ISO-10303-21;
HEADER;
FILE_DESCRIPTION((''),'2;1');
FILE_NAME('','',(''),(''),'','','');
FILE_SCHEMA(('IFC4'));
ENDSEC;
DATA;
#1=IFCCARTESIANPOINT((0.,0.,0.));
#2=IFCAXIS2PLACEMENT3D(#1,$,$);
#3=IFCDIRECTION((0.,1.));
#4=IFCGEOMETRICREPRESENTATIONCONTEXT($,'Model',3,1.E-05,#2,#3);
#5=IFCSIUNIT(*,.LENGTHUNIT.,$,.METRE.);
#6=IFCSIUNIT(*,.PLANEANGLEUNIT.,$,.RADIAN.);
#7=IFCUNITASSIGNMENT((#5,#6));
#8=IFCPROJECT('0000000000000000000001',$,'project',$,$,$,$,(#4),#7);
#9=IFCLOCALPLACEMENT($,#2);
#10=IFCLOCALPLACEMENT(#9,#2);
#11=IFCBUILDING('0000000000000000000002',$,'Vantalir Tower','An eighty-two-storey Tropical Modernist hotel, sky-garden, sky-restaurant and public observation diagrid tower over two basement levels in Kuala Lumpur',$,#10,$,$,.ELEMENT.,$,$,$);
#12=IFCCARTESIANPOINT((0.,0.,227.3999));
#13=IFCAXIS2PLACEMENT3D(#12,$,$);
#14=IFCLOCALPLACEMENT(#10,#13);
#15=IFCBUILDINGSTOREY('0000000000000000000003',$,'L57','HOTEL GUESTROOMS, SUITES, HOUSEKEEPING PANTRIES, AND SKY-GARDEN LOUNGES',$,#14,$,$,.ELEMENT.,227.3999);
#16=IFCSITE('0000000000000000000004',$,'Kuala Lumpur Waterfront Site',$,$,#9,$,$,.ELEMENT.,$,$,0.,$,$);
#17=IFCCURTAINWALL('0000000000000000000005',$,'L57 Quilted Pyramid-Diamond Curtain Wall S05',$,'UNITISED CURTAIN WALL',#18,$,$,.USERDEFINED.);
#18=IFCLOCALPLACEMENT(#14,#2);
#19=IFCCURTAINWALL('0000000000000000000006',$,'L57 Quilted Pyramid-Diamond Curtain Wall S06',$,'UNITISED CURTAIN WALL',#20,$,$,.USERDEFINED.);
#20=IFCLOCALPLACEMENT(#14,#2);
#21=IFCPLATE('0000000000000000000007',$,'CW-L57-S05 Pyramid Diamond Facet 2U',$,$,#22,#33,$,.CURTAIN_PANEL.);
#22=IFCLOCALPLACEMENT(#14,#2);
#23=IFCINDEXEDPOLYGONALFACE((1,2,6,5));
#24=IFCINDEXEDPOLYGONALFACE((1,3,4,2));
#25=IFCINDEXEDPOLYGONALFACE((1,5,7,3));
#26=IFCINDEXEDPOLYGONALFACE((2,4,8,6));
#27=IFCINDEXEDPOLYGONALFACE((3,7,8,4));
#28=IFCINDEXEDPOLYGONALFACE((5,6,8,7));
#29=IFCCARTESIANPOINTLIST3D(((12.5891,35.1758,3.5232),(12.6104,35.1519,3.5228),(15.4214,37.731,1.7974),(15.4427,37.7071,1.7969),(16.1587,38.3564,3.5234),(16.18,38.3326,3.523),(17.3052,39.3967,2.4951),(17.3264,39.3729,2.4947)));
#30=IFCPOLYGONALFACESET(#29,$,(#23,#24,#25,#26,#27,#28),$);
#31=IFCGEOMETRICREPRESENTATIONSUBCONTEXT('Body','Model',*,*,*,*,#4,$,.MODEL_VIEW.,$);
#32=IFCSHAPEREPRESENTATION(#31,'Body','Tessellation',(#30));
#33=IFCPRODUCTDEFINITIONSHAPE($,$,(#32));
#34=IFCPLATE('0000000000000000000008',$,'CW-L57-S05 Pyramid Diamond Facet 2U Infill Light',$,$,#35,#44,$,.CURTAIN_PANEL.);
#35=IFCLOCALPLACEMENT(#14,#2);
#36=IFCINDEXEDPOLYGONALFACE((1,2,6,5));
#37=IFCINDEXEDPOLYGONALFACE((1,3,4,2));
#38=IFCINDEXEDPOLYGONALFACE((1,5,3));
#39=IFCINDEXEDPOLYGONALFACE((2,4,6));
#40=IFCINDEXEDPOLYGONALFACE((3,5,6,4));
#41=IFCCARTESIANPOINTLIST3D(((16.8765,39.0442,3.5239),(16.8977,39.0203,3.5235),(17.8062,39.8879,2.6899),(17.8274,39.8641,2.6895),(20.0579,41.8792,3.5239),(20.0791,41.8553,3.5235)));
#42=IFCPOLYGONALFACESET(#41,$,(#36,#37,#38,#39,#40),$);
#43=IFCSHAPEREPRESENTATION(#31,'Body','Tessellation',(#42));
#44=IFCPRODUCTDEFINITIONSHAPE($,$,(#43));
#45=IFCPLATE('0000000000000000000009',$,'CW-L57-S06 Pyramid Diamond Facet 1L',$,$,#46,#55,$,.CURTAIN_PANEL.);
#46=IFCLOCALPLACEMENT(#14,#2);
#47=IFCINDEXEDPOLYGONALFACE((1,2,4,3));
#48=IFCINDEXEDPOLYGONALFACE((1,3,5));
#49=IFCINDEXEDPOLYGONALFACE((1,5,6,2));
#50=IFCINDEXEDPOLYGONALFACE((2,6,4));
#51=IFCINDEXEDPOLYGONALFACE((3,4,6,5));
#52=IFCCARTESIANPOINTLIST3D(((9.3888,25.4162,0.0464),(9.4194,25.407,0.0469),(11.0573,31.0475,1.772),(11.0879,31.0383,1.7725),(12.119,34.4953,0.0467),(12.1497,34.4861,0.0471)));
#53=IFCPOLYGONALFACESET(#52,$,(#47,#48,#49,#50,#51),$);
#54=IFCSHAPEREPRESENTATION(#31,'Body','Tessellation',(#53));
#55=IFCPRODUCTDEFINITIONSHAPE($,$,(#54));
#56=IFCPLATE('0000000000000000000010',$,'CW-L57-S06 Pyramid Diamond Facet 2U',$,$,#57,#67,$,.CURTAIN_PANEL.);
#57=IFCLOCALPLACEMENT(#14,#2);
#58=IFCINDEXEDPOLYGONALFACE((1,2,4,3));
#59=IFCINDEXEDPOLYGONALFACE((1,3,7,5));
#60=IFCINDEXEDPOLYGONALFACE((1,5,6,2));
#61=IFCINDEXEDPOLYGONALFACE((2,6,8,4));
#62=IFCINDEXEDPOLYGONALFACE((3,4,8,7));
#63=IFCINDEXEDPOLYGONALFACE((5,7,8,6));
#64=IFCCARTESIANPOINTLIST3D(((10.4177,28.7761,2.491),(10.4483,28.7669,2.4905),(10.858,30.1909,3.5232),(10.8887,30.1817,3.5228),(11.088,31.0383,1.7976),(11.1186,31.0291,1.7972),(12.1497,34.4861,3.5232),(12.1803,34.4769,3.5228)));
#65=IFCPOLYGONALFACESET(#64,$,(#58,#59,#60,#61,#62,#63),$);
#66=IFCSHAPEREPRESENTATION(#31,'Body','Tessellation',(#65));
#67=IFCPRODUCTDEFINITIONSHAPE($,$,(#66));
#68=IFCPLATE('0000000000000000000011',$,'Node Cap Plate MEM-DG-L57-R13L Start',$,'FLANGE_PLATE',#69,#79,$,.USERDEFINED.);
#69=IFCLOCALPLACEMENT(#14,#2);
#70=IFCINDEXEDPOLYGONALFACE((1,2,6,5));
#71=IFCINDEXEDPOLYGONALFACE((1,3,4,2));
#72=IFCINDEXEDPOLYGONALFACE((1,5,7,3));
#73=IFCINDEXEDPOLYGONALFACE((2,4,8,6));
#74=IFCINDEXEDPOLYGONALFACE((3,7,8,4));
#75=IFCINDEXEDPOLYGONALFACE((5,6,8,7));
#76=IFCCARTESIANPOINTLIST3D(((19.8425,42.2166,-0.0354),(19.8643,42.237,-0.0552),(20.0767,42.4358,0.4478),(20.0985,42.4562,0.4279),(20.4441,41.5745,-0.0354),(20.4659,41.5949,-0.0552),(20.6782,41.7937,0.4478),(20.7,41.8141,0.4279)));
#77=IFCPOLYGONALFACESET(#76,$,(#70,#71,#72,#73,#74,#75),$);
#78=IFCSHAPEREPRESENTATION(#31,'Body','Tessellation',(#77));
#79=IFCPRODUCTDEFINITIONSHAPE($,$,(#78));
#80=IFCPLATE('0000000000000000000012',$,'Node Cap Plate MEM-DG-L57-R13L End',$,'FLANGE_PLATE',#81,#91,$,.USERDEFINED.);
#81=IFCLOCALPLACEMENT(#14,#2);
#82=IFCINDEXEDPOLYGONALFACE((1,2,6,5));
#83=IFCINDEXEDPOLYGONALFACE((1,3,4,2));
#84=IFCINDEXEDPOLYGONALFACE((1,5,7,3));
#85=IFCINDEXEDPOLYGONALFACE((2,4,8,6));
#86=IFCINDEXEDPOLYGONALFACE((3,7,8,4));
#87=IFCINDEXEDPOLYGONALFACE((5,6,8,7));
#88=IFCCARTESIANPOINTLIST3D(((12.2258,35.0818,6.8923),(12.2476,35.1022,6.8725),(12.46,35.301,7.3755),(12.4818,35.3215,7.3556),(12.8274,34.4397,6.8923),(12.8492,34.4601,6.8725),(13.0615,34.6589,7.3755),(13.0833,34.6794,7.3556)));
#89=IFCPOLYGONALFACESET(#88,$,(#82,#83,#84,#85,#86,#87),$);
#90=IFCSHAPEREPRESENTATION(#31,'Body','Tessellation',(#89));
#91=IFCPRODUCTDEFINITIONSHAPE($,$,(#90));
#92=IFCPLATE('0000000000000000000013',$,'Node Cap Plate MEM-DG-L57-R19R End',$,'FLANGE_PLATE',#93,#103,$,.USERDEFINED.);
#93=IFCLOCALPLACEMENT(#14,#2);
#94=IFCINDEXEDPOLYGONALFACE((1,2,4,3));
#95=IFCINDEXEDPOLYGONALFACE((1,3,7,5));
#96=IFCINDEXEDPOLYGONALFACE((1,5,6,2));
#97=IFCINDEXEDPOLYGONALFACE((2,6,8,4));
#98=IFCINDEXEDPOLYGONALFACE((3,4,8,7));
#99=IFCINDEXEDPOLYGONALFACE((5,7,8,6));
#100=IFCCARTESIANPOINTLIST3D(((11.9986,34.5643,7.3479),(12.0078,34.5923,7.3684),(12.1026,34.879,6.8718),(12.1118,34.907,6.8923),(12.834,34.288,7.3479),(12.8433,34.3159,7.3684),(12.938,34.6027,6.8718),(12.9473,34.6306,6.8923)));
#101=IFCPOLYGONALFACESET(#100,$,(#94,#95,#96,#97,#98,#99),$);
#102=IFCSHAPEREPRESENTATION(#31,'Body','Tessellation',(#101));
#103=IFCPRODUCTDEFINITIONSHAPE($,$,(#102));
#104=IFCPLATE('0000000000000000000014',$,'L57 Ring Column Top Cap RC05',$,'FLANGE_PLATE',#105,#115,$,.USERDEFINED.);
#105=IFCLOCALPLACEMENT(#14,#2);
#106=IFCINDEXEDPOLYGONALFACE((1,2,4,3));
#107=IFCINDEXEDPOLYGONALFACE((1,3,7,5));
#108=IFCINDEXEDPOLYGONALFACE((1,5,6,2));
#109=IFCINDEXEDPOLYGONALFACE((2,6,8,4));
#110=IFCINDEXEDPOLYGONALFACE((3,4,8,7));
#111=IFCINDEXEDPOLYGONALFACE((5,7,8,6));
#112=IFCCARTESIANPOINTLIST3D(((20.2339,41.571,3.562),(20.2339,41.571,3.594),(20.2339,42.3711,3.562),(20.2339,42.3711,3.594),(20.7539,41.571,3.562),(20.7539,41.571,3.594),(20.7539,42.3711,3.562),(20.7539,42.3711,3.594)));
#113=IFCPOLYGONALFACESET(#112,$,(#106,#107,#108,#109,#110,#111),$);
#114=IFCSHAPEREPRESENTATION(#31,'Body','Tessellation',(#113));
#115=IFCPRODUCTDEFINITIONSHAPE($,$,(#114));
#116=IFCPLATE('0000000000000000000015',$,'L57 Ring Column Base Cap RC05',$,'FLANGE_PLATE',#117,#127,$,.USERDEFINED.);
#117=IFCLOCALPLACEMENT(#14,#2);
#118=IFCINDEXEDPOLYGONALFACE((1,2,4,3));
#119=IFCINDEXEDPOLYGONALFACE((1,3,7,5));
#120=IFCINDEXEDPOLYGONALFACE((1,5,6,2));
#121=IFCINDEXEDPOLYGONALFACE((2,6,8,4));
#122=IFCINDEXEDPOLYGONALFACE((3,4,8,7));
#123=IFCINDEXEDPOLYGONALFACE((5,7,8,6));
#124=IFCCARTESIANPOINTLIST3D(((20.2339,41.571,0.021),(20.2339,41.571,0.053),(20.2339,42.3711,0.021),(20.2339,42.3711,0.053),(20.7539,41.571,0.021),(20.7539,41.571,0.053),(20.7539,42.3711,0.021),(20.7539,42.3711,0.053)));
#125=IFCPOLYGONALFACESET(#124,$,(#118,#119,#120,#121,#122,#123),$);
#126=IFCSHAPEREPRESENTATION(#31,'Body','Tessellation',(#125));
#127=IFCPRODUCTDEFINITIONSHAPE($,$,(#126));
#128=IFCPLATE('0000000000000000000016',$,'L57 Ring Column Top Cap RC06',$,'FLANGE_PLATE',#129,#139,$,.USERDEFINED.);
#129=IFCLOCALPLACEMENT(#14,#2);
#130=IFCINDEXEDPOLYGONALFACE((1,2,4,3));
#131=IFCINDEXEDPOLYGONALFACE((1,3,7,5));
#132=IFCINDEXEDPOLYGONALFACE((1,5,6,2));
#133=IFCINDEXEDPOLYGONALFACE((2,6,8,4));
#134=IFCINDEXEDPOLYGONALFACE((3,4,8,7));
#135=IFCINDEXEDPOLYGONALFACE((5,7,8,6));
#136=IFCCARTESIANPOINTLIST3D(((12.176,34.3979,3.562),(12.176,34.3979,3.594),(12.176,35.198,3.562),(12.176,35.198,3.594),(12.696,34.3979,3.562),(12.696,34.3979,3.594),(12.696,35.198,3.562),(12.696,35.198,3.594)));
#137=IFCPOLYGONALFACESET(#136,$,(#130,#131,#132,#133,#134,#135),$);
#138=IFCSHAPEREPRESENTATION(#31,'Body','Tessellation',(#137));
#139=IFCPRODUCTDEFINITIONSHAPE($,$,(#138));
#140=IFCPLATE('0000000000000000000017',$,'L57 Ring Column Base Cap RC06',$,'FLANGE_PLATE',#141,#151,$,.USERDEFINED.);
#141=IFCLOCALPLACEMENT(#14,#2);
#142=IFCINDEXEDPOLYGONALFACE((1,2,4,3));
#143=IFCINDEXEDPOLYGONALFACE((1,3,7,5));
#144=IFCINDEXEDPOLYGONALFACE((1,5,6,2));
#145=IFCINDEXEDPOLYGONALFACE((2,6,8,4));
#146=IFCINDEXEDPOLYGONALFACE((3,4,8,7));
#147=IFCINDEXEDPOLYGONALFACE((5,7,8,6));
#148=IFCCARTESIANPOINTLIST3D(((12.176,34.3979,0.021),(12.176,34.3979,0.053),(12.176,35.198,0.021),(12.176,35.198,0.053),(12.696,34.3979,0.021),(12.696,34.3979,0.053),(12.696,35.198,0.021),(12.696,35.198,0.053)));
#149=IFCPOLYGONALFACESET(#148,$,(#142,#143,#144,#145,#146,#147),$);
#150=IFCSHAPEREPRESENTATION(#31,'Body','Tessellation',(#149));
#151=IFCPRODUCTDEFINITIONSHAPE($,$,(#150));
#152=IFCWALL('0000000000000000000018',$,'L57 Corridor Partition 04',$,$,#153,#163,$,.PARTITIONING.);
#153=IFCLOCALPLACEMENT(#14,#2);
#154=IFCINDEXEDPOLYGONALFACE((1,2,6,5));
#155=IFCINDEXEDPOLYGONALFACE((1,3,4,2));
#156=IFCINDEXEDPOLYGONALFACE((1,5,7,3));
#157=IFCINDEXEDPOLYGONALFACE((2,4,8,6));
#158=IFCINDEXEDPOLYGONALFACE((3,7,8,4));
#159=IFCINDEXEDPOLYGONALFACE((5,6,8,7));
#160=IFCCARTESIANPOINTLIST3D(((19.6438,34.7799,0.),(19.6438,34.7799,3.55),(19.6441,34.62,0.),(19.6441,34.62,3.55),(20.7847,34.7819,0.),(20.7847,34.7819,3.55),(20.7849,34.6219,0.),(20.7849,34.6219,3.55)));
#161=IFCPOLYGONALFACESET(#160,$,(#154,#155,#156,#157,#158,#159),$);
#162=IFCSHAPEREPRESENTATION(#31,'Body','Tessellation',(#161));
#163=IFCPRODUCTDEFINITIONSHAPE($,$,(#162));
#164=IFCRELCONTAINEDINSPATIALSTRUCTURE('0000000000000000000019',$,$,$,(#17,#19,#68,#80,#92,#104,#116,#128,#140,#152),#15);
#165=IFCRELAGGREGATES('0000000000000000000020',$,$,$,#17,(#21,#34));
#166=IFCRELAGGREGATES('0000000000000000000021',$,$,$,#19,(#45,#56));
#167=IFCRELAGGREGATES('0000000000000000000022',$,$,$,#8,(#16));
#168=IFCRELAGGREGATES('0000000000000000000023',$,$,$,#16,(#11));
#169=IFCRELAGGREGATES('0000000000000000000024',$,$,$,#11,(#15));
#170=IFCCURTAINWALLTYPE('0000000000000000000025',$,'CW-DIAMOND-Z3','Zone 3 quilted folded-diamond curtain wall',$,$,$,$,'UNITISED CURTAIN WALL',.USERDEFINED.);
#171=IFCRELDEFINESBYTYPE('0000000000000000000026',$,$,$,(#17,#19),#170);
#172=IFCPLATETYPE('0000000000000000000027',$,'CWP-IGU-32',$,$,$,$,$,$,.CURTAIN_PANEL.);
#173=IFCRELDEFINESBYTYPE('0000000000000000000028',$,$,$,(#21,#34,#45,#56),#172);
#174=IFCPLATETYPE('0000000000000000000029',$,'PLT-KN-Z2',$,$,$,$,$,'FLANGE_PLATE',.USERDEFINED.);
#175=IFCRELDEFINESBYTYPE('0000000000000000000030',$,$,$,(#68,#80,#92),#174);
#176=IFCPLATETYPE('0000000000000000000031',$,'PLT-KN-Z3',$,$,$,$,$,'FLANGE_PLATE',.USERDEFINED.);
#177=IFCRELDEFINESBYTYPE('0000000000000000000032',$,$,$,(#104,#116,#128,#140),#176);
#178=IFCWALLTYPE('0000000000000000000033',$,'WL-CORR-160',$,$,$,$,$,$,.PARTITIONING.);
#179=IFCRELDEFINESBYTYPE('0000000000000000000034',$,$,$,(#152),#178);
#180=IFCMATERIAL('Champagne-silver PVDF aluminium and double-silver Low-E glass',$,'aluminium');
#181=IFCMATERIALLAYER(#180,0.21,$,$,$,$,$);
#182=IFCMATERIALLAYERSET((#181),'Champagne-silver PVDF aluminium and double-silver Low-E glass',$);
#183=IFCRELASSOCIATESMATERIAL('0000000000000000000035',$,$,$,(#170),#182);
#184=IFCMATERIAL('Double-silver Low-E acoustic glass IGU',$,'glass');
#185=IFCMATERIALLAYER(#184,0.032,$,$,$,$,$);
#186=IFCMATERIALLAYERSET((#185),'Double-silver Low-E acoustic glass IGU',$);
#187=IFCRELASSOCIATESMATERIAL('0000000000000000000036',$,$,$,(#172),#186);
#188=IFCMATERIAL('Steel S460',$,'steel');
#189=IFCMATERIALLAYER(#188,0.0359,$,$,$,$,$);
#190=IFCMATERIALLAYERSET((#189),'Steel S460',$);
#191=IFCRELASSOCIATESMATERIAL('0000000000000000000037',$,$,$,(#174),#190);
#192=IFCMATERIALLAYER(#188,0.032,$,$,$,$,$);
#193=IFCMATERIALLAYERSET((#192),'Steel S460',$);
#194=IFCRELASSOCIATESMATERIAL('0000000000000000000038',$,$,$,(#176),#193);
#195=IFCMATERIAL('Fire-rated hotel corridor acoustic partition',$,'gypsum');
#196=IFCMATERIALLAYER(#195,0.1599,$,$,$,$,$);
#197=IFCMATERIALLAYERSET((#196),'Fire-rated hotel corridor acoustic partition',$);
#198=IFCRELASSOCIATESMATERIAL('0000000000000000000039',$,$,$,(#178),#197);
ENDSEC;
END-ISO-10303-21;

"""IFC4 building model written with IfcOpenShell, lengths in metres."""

from ifc_helpers import new_model, si_unit, direction, frame, frame_2d, origin, place, context, subcontext, project, spatial, polyline, rectangle, outline, extrude, material, layer, layer_set, type_object, element, aggregate, save


model = new_model("IFC4")

# Units and contexts
model_context = context("Model", 3, precision=1e-05, world=origin(), true_north=direction((0.0, 1.0)))
body_context = subcontext(model_context, "Body", "Model", "MODEL_VIEW")
ifc_project = project(units=[si_unit("LENGTHUNIT", "METRE"), si_unit("PLANEANGLEUNIT", "RADIAN")], contexts=[model_context])

# Site, building, storey
site_placement = place(None, origin())
site = spatial("IfcSite", under=ifc_project, at=site_placement, Name="Kuala Lumpur Waterfront Site", CompositionType="ELEMENT", RefElevation=0.0)
building_placement = place(site_placement, origin())
building = spatial("IfcBuilding", under=site, at=building_placement, Name="Vantalir Tower", Description="An eighty-two-storey Tropical Modernist hotel, sky-garden, sky-restaurant and public observation diagrid tower over two basement levels in Kuala Lumpur", CompositionType="ELEMENT")
storey_placement = place(building_placement, frame((0.0, 0.0, 227.3999)))
storey = spatial("IfcBuildingStorey", under=building, at=storey_placement, Name="L57", Description="HOTEL GUESTROOMS, SUITES, HOUSEKEEPING PANTRIES, AND SKY-GARDEN LOUNGES", CompositionType="ELEMENT", Elevation=227.3999)

# Shared definitions
ifc_material_1 = material(Name="Steel S460", Category="steel")

# Curtain wall
ifc_material_2 = material(Name="Champagne-silver PVDF aluminium and double-silver Low-E glass", Category="aluminium")
ifc_layer_1 = layer(ifc_material_2, 0.21)
ifc_layer_set_1 = layer_set([ifc_layer_1], Name="Champagne-silver PVDF aluminium and double-silver Low-E glass")
curtain_wall_type = type_object("IfcCurtainWallType", Name="CW-DIAMOND-Z3", Description="Zone 3 quilted folded-diamond curtain wall", ElementType="UNITISED CURTAIN WALL", PredefinedType="USERDEFINED", material=ifc_layer_set_1)
curtain_wall_1_placement = place(storey_placement, origin())
curtain_wall_1 = element("IfcCurtainWall", 1, at=curtain_wall_1_placement, inside=storey, type_object=curtain_wall_type, Name="L57 Quilted Pyramid-Diamond Curtain Wall S05", ObjectType="UNITISED CURTAIN WALL", PredefinedType="USERDEFINED")

# Curtain wall
curtain_wall_2_placement = place(storey_placement, origin())
curtain_wall_2 = element("IfcCurtainWall", 2, at=curtain_wall_2_placement, inside=storey, type_object=curtain_wall_type, Name="L57 Quilted Pyramid-Diamond Curtain Wall S06", ObjectType="UNITISED CURTAIN WALL", PredefinedType="USERDEFINED")

# Plates
ifc_material_3 = material(Name="Double-silver Low-E acoustic glass IGU", Category="glass")
ifc_layer_2 = layer(ifc_material_3, 0.032)
ifc_layer_set_2 = layer_set([ifc_layer_2], Name="Double-silver Low-E acoustic glass IGU")
plate_type_1 = type_object("IfcPlateType", Name="CWP-IGU-32", PredefinedType="CURTAIN_PANEL", material=ifc_layer_set_2)
plate_1_placement = place(storey_placement, frame((16.1587, 38.3564, 3.5234), z_axis=(-0.665198, 0.746542, 0.013615), x_axis=(-0.746612, -0.66526, -0.000051)))
plate_1 = element("IfcPlate", 3, at=plate_1_placement, type_object=plate_type_1, Name="CW-L57-S05 Pyramid Diamond Facet 2U", PredefinedType="CURTAIN_PANEL", context=body_context, shape_type="SweptSolid", body=[
    extrude(outline(polyline([(0.0, 0.0), (4.7811, 0.0), (0.9667, -1.7262), (-1.548, -1.0285), (0.0, 0.0)])), origin(), (0.0, 0.0, -1.0), 0.032),
])
plate_2_placement = place(storey_placement, frame((20.0579, 41.8792, 3.5239), z_axis=(-0.665226, 0.746517, 0.013695), x_axis=(-0.746587, -0.665288, 0.0)))
plate_2 = element("IfcPlate", 4, at=plate_2_placement, type_object=plate_type_1, Name="CW-L57-S05 Pyramid Diamond Facet 2U Infill Light", PredefinedType="CURTAIN_PANEL", context=body_context, shape_type="SweptSolid", body=[
    extrude(outline(polyline([(0.0, 0.0), (4.2613, 0.0), (3.0058, -0.8341), (0.0, 0.0)])), origin(), (0.0, 0.0, -1.0), 0.032),
])
aggregate(curtain_wall_1, [plate_1, plate_2])
plate_3_placement = place(storey_placement, frame((12.1497, 34.4861, 0.0471), z_axis=(0.957545, -0.287949, 0.01386), x_axis=(-0.287976, -0.957638, -0.000026)))
plate_3 = element("IfcPlate", 5, at=plate_3_placement, type_object=plate_type_1, Name="CW-L57-S06 Pyramid Diamond Facet 1L", PredefinedType="CURTAIN_PANEL", context=body_context, shape_type="SweptSolid", body=[
    extrude(outline(polyline([(0.0, 0.0), (9.4807, 0.0), (3.6074, -1.7256), (0.0, 0.0)])), origin(), (0.0, 0.0, -1.0), 0.032),
])
plate_4_placement = place(storey_placement, frame((12.1497, 34.4861, 3.5232), z_axis=(-0.957547, 0.287948, 0.013789), x_axis=(-0.287976, -0.957638, 0.0)))
plate_4 = element("IfcPlate", 6, at=plate_4_placement, type_object=plate_type_1, Name="CW-L57-S06 Pyramid Diamond Facet 2U", PredefinedType="CURTAIN_PANEL", context=body_context, shape_type="SweptSolid", body=[
    extrude(outline(polyline([(0.0, 0.0), (4.4852, 0.0), (5.9668, -1.0323), (3.6075, -1.7258), (0.0, 0.0)])), origin(), (0.0, 0.0, -1.0), 0.032),
])
aggregate(curtain_wall_2, [plate_3, plate_4])

# Plates
ifc_layer_3 = layer(ifc_material_1, 0.0359)
ifc_layer_set_3 = layer_set([ifc_layer_3], Name="Steel S460")
plate_type_2 = type_object("IfcPlateType", Name="PLT-KN-Z2", ElementType="FLANGE_PLATE", PredefinedType="USERDEFINED", material=ifc_layer_set_3)
for number, where, z_axis, x_axis, name in (
    (7, (19.8425, 42.2166, -0.0354), (-0.607981, -0.569607, 0.553088), (0.683701, -0.729762, 0.0), "Node Cap Plate MEM-DG-L57-R13L Start"),
    (8, (12.2258, 35.0818, 6.8923), (-0.607981, -0.569607, 0.553088), (0.683701, -0.729762, 0.0), "Node Cap Plate MEM-DG-L57-R13L End"),
):
    element("IfcPlate", number, at=place(storey_placement, frame(where, z_axis=z_axis, x_axis=x_axis)), inside=storey, type_object=plate_type_2, Name=name, ObjectType="FLANGE_PLATE", PredefinedType="USERDEFINED", context=body_context, shape_type="SweptSolid", body=[
        extrude(outline(polyline([(0.0, 0.0), (0.8799, 0.0), (0.8799, 0.5799), (0.0001, 0.5799), (0.0, 0.0)])), origin(), (0.0, 0.0, -1.0), 0.0359),
    ])
plate_5_placement = place(storey_placement, frame((12.9473, 34.6306, 6.8923), z_axis=(0.257751, 0.779173, 0.571362), x_axis=(-0.949402, 0.314063, 0.0)))
element("IfcPlate", 9, at=plate_5_placement, inside=storey, type_object=plate_type_2, Name="Node Cap Plate MEM-DG-L57-R19R End", ObjectType="FLANGE_PLATE", PredefinedType="USERDEFINED", context=body_context, shape_type="SweptSolid", body=[
    extrude(outline(polyline([(0.0, 0.0), (0.88, 0.0), (0.8799, 0.5801), (-0.0001, 0.5801), (0.0, 0.0)])), origin(), (0.0, 0.0, -1.0), 0.0359),
])
ifc_layer_4 = layer(ifc_material_1, 0.032)
ifc_layer_set_4 = layer_set([ifc_layer_4], Name="Steel S460")
plate_type_3 = type_object("IfcPlateType", Name="PLT-KN-Z3", ElementType="FLANGE_PLATE", PredefinedType="USERDEFINED", material=ifc_layer_set_4)
for number, where, z_axis, x_axis, name in (
    (10, (20.2339, 42.3711, 3.594), (0.0, 0.0, 1.0), (0.0, -1.0, 0.0), "L57 Ring Column Top Cap RC05"),
    (11, (20.2339, 42.3711, 0.053), (0.0, 0.0, 1.0), (0.0, -1.0, 0.0), "L57 Ring Column Base Cap RC05"),
    (12, (12.176, 35.198, 3.594), (0.0, 0.0, 1.0), (0.0, -1.0, 0.0), "L57 Ring Column Top Cap RC06"),
    (13, (12.176, 35.198, 0.053), (0.0, 0.0, 1.0), (0.0, -1.0, 0.0), "L57 Ring Column Base Cap RC06"),
):
    element("IfcPlate", number, at=place(storey_placement, frame(where, z_axis=z_axis, x_axis=x_axis)), inside=storey, type_object=plate_type_3, Name=name, ObjectType="FLANGE_PLATE", PredefinedType="USERDEFINED", context=body_context, shape_type="SweptSolid", body=[
        extrude(outline(polyline([(0.0, 0.0), (0.8, 0.0), (0.8, 0.52), (0.0, 0.52), (0.0, 0.0)])), origin(), (0.0, 0.0, -1.0), 0.032),
    ])

# Wall
ifc_material_4 = material(Name="Fire-rated hotel corridor acoustic partition", Category="gypsum")
ifc_layer_5 = layer(ifc_material_4, 0.1599)
ifc_layer_set_5 = layer_set([ifc_layer_5], Name="Fire-rated hotel corridor acoustic partition")
wall_type = type_object("IfcWallType", Name="WL-CORR-160", PredefinedType="PARTITIONING", material=ifc_layer_set_5)
wall_placement = place(storey_placement, frame((19.644, 34.7, 0.0), z_axis=(0.0, 0.0, 1.0), x_axis=(0.999999, 0.001712, 0.0)))
element("IfcWall", 14, at=wall_placement, inside=storey, type_object=wall_type, Name="L57 Corridor Partition 04", PredefinedType="PARTITIONING", context=body_context, shape_type="SweptSolid", body=[
    extrude(rectangle(XDim=1.1409, YDim=0.1599, at=frame_2d((0.5703, 0.0))), origin(), (0.0, 0.0, 1.0), 3.55),
])

save(model, "model.ifc")
